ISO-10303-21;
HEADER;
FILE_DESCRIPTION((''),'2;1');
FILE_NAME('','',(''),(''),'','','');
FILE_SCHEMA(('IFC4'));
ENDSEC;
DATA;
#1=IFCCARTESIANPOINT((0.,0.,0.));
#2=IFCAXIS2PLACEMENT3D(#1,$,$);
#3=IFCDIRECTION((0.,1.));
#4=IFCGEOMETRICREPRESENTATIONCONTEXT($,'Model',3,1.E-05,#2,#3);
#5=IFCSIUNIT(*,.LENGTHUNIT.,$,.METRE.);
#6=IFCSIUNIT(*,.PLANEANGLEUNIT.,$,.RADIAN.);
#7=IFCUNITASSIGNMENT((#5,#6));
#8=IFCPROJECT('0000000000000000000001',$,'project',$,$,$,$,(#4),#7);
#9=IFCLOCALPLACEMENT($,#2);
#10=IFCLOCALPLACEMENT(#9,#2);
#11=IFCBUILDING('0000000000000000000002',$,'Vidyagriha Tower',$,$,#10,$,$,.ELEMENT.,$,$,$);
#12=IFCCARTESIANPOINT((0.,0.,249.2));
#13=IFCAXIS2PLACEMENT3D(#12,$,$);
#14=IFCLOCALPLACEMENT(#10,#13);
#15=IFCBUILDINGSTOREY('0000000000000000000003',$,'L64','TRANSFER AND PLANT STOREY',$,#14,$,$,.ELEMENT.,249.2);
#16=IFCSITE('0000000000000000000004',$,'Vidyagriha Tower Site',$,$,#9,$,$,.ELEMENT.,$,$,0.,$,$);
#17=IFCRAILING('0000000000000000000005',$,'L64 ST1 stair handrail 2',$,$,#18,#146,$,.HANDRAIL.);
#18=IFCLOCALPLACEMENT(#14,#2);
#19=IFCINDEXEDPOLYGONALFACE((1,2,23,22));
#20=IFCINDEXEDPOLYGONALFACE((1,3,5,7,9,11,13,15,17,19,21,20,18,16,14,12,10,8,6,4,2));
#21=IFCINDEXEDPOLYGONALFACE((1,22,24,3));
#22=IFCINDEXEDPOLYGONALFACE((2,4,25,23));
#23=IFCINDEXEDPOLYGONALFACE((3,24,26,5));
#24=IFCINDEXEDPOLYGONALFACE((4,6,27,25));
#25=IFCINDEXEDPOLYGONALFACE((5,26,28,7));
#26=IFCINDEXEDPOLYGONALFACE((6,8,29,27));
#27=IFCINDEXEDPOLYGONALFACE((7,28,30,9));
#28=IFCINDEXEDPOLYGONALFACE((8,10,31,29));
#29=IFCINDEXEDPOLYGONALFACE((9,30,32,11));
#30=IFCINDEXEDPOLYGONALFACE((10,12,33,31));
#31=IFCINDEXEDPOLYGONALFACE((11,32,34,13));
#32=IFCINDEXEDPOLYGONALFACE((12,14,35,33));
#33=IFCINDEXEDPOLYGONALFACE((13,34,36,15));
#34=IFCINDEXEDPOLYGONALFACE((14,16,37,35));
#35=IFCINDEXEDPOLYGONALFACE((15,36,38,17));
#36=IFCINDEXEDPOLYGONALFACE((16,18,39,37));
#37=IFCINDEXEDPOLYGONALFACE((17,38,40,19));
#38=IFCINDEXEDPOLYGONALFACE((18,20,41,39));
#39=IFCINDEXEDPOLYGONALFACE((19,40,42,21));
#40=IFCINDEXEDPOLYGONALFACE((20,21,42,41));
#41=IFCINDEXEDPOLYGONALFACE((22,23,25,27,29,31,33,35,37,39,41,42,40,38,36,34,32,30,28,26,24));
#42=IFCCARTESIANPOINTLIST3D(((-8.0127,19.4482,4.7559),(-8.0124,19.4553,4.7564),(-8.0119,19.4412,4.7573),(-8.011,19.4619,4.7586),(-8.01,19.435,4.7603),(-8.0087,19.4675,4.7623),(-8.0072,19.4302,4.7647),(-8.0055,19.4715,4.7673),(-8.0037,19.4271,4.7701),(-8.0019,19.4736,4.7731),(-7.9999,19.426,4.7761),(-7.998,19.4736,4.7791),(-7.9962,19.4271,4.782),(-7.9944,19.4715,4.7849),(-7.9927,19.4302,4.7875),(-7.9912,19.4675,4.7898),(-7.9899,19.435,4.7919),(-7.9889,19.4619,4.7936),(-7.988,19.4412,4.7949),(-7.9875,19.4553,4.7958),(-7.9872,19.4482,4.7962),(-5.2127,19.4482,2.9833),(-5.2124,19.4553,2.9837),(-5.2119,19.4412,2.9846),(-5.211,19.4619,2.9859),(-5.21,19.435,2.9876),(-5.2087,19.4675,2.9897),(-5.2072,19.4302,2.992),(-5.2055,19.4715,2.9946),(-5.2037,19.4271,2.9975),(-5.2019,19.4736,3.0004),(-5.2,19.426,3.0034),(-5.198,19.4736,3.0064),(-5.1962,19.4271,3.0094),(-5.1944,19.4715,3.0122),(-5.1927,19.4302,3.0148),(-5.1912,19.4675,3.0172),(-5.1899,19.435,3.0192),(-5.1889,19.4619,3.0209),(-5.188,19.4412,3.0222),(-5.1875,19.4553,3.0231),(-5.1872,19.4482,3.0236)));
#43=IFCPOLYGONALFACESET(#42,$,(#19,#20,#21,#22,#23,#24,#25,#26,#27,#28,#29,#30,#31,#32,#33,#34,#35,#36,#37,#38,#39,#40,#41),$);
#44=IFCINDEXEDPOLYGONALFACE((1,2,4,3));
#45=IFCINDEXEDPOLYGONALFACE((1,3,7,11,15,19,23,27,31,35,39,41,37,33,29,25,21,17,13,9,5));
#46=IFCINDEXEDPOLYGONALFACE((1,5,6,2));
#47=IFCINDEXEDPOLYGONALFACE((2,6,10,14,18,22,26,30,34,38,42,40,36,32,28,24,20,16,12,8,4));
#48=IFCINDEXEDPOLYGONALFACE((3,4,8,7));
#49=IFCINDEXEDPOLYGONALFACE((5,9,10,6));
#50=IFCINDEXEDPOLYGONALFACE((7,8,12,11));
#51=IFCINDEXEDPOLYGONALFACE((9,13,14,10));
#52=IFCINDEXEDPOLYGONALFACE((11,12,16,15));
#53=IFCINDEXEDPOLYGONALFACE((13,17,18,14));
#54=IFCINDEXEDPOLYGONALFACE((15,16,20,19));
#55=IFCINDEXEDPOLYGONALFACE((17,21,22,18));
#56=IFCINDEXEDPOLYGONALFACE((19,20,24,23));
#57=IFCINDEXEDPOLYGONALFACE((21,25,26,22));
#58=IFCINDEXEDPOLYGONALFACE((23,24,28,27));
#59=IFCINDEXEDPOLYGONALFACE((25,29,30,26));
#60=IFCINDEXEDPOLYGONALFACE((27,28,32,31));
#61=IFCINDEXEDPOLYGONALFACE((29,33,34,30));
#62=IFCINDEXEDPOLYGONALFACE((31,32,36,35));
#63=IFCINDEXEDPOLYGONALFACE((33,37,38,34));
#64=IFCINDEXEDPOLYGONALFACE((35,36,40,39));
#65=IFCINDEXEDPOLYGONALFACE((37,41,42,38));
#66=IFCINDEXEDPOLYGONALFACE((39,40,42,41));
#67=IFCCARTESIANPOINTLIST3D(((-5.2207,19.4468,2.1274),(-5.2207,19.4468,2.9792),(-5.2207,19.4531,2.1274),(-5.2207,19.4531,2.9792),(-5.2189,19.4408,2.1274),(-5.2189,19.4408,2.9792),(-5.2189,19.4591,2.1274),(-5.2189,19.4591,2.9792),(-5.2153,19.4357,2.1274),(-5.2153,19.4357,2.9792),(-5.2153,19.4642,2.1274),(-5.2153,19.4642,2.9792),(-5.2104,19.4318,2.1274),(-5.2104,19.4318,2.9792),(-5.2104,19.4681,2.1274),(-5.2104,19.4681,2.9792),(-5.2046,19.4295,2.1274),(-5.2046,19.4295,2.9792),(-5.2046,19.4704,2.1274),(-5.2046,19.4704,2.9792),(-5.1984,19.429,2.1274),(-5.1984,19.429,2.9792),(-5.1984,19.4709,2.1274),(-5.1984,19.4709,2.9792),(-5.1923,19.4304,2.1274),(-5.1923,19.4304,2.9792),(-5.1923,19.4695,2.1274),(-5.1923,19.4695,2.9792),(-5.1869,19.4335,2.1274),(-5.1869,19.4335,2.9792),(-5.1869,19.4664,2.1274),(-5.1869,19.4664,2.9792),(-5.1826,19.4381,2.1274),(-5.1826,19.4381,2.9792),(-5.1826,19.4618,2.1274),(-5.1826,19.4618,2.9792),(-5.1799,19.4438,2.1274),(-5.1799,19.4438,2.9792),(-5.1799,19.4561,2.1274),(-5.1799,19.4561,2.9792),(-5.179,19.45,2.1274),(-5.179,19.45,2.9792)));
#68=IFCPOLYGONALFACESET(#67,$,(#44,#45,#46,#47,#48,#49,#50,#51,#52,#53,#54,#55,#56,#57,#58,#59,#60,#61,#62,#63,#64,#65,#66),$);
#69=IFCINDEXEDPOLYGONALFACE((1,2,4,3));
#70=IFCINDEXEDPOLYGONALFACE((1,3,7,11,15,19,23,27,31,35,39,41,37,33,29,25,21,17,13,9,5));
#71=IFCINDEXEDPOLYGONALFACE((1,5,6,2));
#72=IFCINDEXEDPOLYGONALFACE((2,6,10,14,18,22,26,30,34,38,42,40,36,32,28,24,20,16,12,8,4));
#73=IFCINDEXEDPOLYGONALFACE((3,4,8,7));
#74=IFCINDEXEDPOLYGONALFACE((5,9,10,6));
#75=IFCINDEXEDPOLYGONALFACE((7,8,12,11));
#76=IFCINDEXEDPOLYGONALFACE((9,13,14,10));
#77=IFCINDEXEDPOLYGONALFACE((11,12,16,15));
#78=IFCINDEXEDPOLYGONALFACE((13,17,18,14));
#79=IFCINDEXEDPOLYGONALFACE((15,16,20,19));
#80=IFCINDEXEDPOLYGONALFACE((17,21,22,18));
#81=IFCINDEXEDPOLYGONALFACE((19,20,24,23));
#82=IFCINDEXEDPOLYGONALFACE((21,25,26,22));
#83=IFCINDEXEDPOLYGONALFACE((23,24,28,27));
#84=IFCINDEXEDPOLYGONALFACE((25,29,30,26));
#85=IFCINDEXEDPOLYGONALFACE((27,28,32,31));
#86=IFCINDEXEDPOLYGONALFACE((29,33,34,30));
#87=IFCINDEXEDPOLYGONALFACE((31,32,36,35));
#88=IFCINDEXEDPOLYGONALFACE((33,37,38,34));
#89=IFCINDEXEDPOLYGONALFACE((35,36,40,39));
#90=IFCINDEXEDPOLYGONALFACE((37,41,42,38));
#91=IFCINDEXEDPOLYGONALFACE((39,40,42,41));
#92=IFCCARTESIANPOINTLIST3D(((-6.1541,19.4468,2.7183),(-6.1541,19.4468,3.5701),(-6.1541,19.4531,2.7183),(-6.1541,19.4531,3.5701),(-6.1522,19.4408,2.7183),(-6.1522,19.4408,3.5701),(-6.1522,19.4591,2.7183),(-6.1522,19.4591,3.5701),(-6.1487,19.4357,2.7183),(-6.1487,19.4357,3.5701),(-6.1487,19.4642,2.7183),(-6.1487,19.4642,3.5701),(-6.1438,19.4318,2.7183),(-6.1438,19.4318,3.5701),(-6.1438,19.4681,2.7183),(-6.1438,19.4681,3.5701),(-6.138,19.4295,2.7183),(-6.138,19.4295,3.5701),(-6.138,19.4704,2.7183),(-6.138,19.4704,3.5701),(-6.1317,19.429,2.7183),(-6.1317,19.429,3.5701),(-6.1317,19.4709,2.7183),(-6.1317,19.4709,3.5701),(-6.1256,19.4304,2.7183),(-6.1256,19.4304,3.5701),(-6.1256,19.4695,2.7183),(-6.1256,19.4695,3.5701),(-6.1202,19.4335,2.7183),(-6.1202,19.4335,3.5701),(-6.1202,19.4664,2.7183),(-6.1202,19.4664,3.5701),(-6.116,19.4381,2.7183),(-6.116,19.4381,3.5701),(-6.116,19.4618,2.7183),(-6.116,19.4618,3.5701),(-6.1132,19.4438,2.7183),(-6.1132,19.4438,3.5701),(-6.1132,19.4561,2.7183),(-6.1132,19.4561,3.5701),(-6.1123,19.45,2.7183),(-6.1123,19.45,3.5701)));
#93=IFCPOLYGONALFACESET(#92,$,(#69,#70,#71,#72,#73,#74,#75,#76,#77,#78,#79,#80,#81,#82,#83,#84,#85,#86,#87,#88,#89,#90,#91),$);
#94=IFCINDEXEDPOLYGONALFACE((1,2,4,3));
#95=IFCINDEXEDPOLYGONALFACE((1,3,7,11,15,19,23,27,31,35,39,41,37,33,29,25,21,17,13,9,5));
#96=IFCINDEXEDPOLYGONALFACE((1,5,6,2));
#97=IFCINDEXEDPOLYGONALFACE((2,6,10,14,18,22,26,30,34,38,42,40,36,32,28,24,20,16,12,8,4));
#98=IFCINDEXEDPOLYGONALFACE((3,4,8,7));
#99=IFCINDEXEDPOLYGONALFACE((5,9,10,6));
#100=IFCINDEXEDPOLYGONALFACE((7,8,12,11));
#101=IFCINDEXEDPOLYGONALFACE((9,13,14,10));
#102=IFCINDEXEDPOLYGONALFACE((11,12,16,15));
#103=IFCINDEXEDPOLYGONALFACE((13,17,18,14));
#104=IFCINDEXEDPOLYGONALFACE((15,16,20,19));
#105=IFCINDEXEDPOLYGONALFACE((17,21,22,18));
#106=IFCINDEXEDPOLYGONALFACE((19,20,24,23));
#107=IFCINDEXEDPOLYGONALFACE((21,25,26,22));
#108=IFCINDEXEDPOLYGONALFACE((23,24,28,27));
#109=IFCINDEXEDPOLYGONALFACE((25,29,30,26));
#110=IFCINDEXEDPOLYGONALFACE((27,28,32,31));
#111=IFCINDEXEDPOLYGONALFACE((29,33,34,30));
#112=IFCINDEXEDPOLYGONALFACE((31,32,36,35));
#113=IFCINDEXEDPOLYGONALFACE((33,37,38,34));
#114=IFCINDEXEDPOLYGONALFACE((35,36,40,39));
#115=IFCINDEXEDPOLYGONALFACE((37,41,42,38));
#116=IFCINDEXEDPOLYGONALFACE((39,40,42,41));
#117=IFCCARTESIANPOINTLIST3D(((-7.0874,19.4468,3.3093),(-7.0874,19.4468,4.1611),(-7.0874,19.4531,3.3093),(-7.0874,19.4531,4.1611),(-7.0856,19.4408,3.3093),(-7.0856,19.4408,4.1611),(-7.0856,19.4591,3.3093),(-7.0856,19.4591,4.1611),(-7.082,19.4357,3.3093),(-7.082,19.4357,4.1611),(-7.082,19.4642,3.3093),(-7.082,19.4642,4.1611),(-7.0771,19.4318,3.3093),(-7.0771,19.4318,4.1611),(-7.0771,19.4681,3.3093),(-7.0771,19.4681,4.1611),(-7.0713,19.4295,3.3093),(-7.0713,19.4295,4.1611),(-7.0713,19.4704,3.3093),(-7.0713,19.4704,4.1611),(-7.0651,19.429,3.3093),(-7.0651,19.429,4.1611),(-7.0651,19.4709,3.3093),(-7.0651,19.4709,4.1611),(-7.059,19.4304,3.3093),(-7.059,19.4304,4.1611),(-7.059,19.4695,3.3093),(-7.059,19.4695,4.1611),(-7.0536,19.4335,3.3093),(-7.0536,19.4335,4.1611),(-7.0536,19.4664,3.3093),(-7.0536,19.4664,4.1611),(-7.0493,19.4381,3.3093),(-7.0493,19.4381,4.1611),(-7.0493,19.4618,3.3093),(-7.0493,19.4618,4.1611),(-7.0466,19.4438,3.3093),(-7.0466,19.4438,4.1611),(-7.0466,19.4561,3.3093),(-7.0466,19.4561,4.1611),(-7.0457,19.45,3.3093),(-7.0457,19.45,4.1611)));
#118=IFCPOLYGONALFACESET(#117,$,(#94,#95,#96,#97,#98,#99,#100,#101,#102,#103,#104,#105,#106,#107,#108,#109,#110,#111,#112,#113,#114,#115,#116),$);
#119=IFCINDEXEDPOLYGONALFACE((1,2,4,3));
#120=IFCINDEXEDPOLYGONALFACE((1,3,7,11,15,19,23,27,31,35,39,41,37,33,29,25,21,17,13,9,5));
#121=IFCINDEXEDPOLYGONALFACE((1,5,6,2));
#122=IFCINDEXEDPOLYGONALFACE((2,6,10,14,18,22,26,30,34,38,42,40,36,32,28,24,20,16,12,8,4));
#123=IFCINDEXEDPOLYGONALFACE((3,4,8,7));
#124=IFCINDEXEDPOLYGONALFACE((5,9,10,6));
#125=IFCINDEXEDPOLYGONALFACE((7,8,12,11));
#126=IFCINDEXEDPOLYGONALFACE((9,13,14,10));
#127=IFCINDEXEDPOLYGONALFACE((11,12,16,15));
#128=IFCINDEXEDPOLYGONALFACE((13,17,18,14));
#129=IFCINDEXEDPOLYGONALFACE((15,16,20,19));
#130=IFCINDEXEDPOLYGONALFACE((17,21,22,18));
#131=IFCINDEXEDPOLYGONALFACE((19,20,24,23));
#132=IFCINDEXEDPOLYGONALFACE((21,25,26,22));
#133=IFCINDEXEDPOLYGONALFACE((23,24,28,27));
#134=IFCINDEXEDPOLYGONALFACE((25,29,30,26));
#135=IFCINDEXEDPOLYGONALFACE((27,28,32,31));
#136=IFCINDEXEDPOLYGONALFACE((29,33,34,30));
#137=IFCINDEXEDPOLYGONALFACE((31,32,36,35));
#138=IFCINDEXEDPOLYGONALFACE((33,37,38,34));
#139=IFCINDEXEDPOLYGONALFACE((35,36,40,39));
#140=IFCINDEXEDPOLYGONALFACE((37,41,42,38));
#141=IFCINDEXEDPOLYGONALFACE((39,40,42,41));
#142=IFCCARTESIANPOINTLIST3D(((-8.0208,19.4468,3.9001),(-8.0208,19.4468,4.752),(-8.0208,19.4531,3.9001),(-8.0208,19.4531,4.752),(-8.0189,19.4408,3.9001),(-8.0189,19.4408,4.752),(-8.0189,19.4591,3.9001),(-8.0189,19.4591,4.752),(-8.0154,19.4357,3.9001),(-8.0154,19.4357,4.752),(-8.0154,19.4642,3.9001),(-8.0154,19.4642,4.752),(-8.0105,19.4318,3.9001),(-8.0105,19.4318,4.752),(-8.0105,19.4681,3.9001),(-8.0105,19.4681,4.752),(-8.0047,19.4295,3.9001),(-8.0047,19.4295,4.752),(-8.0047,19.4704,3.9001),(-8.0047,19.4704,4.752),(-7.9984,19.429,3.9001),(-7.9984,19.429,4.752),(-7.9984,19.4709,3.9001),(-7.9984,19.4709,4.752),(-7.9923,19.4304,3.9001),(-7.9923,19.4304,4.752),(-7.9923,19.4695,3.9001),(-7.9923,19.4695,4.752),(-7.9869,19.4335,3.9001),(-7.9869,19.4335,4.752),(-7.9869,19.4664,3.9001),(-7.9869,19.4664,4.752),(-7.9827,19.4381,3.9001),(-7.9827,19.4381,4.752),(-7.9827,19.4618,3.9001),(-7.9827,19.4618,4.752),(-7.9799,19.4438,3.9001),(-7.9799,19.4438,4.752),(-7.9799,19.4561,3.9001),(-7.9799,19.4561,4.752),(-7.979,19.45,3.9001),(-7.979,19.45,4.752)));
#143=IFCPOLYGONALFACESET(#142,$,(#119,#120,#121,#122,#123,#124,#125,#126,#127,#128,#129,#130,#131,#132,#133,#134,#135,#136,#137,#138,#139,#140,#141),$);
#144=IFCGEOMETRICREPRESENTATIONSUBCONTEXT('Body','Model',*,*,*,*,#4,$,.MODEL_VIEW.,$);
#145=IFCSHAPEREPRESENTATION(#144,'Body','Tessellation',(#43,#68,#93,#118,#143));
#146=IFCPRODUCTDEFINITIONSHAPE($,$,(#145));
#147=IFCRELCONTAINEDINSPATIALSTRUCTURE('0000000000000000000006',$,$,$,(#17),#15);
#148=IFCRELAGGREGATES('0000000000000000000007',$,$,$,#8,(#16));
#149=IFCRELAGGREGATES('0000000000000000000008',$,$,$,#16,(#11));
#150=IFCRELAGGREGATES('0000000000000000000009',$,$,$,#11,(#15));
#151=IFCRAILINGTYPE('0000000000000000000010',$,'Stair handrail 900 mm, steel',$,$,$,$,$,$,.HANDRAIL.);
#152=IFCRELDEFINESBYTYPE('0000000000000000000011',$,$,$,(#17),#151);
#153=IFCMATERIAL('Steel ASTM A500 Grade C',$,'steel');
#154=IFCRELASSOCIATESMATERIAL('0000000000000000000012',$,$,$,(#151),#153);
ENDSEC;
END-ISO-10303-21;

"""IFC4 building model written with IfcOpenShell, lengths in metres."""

from ifc_helpers import new_model, si_unit, direction, frame, origin, origin_2d, place, context, subcontext, project, spatial, circle, extrude, material, type_object, element, save


model = new_model("IFC4")

# Units and contexts
model_context = context("Model", 3, precision=1e-05, world=origin(), true_north=direction((0.0, 1.0)))
body_context = subcontext(model_context, "Body", "Model", "MODEL_VIEW")
ifc_project = project(units=[si_unit("LENGTHUNIT", "METRE"), si_unit("PLANEANGLEUNIT", "RADIAN")], contexts=[model_context])

# Site, building, storey
site_placement = place(None, origin())
site = spatial("IfcSite", under=ifc_project, at=site_placement, Name="Vidyagriha Tower Site", CompositionType="ELEMENT", RefElevation=0.0)
building_placement = place(site_placement, origin())
building = spatial("IfcBuilding", under=site, at=building_placement, Name="Vidyagriha Tower", CompositionType="ELEMENT")
storey_placement = place(building_placement, frame((0.0, 0.0, 249.2)))
storey = spatial("IfcBuildingStorey", under=building, at=storey_placement, Name="L64", Description="TRANSFER AND PLANT STOREY", CompositionType="ELEMENT", Elevation=249.2)

# Railing
ifc_material_1 = material(Name="Steel ASTM A500 Grade C", Category="steel")
railing_type_1 = type_object("IfcRailingType", Name="Stair handrail 900 mm, steel", PredefinedType="HANDRAIL", material=ifc_material_1)
for number, where, name in (
    (1, (-5.2, 19.45, 2.1274), "L64 ST1 stair handrail 2"),
):
    element("IfcRailing", number, at=place(storey_placement, frame(where)), inside=storey, type_object=railing_type_1, Name=name, PredefinedType="HANDRAIL", context=body_context, shape_type="SweptSolid", body=[
        extrude(circle(Radius=0.0239, at=origin_2d()), frame((0.0, 0.0, 0.876), z_axis=(-0.844909, 0.0, 0.53491), x_axis=(0.0, -1.0, 0.0)), (0.0, 0.0, 1.0), 3.314),
        extrude(circle(Radius=0.021, at=origin_2d()), origin(), (0.0, 0.0, 1.0), 0.8518),
        extrude(circle(Radius=0.021, at=origin_2d()), frame((-0.9333, 0.0, 0.5908)), (0.0, 0.0, 1.0), 0.8518),
        extrude(circle(Radius=0.021, at=origin_2d()), frame((-1.8667, 0.0, 1.1819)), (0.0, 0.0, 1.0), 0.8518),
        extrude(circle(Radius=0.021, at=origin_2d()), frame((-2.8, 0.0, 1.7727)), (0.0, 0.0, 1.0), 0.8518),
    ])

save(model, "model.ifc")
